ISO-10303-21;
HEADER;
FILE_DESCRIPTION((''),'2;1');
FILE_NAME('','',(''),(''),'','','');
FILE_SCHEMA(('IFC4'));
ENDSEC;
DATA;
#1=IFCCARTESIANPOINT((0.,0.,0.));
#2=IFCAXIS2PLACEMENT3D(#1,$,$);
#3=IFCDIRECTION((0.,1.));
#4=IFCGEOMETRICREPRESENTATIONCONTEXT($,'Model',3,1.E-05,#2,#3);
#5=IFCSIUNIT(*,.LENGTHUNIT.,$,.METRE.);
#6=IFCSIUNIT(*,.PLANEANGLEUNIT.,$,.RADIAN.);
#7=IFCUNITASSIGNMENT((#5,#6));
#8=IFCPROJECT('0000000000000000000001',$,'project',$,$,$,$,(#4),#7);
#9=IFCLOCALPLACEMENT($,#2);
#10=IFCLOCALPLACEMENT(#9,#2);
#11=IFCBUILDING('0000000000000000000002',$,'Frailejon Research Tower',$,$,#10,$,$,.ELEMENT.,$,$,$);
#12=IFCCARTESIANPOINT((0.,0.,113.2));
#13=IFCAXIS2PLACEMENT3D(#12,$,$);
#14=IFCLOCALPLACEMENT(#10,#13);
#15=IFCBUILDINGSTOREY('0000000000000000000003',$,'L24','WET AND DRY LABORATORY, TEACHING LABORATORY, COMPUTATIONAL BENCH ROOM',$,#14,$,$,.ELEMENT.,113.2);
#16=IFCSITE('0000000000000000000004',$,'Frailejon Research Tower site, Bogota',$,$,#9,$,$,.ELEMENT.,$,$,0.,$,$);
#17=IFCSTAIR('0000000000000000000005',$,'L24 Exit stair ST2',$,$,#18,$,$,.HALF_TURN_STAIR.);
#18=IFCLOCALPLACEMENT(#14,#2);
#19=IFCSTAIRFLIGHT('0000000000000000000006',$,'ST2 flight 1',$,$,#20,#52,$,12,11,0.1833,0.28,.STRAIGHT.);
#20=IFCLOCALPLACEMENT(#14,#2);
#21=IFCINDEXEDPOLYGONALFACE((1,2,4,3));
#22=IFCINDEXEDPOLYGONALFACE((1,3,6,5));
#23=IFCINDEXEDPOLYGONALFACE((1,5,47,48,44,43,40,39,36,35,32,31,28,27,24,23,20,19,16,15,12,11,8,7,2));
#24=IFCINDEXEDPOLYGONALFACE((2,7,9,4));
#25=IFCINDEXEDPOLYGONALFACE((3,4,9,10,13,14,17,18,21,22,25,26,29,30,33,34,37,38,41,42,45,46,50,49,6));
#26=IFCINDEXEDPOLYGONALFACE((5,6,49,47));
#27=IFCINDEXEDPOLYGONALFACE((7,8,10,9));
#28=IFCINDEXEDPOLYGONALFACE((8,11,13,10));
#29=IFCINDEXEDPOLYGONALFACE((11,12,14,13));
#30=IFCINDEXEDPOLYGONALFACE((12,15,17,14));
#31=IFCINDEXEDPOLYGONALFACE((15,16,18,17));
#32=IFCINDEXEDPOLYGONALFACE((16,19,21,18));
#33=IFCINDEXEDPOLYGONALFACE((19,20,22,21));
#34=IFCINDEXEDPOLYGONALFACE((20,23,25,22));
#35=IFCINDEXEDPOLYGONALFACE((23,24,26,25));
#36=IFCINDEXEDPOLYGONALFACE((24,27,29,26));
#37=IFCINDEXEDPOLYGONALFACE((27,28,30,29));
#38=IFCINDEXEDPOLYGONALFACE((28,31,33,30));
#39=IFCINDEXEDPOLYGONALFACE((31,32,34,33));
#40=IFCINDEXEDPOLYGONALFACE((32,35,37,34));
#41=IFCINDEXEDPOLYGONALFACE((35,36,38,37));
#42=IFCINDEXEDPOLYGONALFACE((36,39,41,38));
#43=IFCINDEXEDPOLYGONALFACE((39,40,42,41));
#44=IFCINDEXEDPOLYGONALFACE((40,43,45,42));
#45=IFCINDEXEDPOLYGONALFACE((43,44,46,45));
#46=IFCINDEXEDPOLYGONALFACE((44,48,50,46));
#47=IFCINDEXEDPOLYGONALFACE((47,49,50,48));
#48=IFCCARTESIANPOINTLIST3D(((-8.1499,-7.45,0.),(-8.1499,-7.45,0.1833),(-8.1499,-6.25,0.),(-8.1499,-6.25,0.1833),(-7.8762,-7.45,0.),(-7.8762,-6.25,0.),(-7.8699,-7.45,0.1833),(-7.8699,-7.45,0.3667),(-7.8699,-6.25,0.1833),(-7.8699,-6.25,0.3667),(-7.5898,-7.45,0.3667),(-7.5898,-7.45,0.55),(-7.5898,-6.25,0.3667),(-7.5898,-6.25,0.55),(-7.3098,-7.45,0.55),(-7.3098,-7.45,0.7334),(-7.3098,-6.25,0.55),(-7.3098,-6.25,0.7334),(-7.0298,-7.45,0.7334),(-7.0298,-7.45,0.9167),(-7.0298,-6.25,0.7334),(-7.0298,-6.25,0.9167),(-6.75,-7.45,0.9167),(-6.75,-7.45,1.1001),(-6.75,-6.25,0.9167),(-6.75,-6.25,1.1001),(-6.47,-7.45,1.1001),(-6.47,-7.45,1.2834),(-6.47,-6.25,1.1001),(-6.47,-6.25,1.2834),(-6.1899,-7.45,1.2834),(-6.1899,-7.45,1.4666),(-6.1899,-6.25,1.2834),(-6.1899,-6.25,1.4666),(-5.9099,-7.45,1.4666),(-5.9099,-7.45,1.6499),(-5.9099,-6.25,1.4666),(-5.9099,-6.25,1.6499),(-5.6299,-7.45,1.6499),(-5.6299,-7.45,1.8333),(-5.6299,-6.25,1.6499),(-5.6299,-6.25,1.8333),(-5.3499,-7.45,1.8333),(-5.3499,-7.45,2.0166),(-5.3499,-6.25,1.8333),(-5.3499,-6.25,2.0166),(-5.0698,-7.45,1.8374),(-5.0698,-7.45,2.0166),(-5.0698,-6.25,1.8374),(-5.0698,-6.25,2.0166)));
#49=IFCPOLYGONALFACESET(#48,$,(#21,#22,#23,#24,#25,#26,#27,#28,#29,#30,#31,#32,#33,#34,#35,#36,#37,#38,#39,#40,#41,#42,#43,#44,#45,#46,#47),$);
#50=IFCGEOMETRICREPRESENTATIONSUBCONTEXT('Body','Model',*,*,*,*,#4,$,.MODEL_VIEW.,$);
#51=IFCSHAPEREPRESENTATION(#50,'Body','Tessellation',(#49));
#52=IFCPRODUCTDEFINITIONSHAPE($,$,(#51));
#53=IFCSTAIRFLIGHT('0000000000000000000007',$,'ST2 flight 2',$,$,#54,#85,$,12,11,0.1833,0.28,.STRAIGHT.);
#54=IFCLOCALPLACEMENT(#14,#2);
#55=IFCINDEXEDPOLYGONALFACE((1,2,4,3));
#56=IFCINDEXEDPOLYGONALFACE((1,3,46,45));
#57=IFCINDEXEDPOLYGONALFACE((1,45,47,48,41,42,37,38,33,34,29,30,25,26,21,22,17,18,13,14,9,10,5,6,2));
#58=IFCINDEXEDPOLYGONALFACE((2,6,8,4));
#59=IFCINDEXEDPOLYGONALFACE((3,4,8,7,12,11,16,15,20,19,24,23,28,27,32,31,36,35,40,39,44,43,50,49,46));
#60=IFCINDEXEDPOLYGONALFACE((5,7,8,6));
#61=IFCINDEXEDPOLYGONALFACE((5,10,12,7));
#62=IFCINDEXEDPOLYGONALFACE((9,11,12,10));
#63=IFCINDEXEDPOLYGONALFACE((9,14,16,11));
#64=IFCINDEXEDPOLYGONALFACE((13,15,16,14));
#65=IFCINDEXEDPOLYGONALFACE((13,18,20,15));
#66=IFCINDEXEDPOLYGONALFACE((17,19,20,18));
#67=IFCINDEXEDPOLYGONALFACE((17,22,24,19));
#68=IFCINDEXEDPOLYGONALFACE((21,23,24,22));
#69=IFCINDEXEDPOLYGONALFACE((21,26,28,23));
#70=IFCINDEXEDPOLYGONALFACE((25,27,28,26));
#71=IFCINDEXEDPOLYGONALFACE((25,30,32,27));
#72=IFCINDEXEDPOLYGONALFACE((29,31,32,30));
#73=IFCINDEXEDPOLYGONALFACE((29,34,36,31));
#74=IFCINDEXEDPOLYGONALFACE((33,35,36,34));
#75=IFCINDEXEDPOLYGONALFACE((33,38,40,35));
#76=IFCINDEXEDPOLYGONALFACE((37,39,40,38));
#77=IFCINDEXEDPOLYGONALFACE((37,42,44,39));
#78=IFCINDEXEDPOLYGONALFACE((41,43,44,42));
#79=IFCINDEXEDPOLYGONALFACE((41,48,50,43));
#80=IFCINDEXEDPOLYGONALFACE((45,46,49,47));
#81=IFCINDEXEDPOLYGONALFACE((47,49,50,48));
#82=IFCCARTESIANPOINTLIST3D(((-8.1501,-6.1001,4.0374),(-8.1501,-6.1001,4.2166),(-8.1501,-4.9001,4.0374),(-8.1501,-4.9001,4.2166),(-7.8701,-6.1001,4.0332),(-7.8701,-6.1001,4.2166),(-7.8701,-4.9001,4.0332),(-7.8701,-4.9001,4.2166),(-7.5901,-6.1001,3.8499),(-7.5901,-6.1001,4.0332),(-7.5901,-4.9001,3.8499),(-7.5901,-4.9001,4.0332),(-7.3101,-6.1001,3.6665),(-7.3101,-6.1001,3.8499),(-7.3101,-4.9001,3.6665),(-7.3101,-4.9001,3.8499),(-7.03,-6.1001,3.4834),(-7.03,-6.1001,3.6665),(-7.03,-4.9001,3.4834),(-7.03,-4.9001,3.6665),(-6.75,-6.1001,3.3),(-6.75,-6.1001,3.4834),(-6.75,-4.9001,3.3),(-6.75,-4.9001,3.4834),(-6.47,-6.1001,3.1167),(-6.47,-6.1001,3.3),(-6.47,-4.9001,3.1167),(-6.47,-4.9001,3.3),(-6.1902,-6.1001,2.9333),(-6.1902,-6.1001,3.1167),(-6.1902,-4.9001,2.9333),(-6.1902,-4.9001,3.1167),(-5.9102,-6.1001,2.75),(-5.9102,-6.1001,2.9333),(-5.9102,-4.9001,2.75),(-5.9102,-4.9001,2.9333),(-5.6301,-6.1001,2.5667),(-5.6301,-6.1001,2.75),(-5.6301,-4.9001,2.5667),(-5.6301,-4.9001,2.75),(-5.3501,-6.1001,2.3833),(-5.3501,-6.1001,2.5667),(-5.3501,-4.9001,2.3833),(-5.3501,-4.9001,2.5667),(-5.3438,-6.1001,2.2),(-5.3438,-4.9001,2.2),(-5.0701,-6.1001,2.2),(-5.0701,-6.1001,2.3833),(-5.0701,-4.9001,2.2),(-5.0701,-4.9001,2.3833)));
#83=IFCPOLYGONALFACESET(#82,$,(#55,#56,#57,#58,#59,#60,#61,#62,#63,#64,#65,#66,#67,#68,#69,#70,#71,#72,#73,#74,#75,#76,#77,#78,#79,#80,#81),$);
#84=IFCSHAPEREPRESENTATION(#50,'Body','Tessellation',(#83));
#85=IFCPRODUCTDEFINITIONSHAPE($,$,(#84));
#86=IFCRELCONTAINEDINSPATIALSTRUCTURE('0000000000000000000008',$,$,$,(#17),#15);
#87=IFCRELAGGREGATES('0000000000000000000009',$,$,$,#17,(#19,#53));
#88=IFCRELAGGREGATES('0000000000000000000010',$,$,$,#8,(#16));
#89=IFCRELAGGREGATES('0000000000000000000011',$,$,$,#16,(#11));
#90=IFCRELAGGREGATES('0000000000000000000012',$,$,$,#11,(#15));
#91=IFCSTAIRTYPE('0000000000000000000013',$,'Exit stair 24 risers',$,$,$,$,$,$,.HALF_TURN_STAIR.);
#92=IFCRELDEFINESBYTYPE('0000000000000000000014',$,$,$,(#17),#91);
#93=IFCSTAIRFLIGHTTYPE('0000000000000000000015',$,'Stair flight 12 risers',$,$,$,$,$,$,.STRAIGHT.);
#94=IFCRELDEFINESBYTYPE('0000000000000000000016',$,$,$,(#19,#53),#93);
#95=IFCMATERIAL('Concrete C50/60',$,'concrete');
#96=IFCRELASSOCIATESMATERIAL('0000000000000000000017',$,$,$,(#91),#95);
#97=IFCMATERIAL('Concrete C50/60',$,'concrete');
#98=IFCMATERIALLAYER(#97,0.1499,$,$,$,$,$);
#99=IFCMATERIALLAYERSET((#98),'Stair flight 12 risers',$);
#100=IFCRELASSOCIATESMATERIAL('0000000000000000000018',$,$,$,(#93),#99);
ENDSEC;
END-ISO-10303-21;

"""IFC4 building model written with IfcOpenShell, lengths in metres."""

from ifc_helpers import new_model, si_unit, direction, frame, origin, place, context, subcontext, project, spatial, polyline, outline, extrude, material, layer, layer_set, type_object, element, aggregate, save


model = new_model("IFC4")

# Units and contexts
model_context = context("Model", 3, precision=1e-05, world=origin(), true_north=direction((0.0, 1.0)))
body_context = subcontext(model_context, "Body", "Model", "MODEL_VIEW")
ifc_project = project(units=[si_unit("LENGTHUNIT", "METRE"), si_unit("PLANEANGLEUNIT", "RADIAN")], contexts=[model_context])

# Site, building, storey
site_placement = place(None, origin())
site = spatial("IfcSite", under=ifc_project, at=site_placement, Name="Frailejon Research Tower site, Bogota", CompositionType="ELEMENT", RefElevation=0.0)
building_placement = place(site_placement, origin())
building = spatial("IfcBuilding", under=site, at=building_placement, Name="Frailejon Research Tower", CompositionType="ELEMENT")
storey_placement = place(building_placement, frame((0.0, 0.0, 113.2)))
storey = spatial("IfcBuildingStorey", under=building, at=storey_placement, Name="L24", Description="WET AND DRY LABORATORY, TEACHING LABORATORY, COMPUTATIONAL BENCH ROOM", CompositionType="ELEMENT", Elevation=113.2)

# Stair, stair flights
ifc_material_1 = material(Name="Concrete C50/60", Category="concrete")
stair_type = type_object("IfcStairType", Name="Exit stair 24 risers", PredefinedType="HALF_TURN_STAIR", material=ifc_material_1)
stair_placement = place(storey_placement, origin())
stair = element("IfcStair", 1, at=stair_placement, inside=storey, type_object=stair_type, Name="L24 Exit stair ST2", PredefinedType="HALF_TURN_STAIR")
ifc_material_2 = material(Name="Concrete C50/60", Category="concrete")
ifc_layer_1 = layer(ifc_material_2, 0.1499)
ifc_layer_set_1 = layer_set([ifc_layer_1], Name="Stair flight 12 risers")
stair_flight_type = type_object("IfcStairFlightType", Name="Stair flight 12 risers", PredefinedType="STRAIGHT", material=ifc_layer_set_1)
stair_flight_1_placement = place(storey_placement, frame((-8.1499, -6.8501, 0.0), z_axis=(0.0, 0.0, 1.0), x_axis=(1.0, 0.0, 0.0)))
stair_flight_1 = element("IfcStairFlight", 2, at=stair_flight_1_placement, type_object=stair_flight_type, Name="ST2 flight 1", NumberOfRisers=12, NumberOfTreads=11, PredefinedType="STRAIGHT", RiserHeight=0.1833, TreadLength=0.28, context=body_context, shape_type="SweptSolid", body=[
    extrude(outline(polyline([(0.0, 0.0), (0.0, 0.1833), (0.28, 0.1833), (0.28, 0.3667), (0.5601, 0.3667), (0.5601, 0.55), (0.8401, 0.55), (0.8401, 0.7334), (1.1201, 0.7334), (1.1201, 0.9167), (1.3999, 0.9167), (1.3999, 1.1001), (1.6799, 1.1001), (1.6799, 1.2834), (1.96, 1.2834), (1.96, 1.4666), (2.24, 1.4666), (2.24, 1.6499), (2.52, 1.6499), (2.52, 1.8333), (2.8, 1.8333), (2.8, 2.0166), (3.0801, 2.0166), (3.0801, 2.2), (3.0801, 1.8374), (0.2737, 0.0), (0.0, 0.0)])), frame((0.0, 0.6001, 0.0), z_axis=(0.0, -1.0, 0.0), x_axis=(1.0, 0.0, 0.0)), (0.0, 0.0, 1.0), 1.2),
])
stair_flight_2_placement = place(storey_placement, frame((-5.0701, -5.5, 2.2), z_axis=(0.0, 0.0, 1.0), x_axis=(-1.0, 0.0, 0.0)))
stair_flight_2 = element("IfcStairFlight", 3, at=stair_flight_2_placement, type_object=stair_flight_type, Name="ST2 flight 2", NumberOfRisers=12, NumberOfTreads=11, PredefinedType="STRAIGHT", RiserHeight=0.1833, TreadLength=0.28, context=body_context, shape_type="SweptSolid", body=[
    extrude(outline(polyline([(0.0, 0.0), (0.0, 0.1833), (0.28, 0.1833), (0.28, 0.3667), (0.5601, 0.3667), (0.5601, 0.55), (0.8401, 0.55), (0.8401, 0.7334), (1.1201, 0.7334), (1.1201, 0.9167), (1.3999, 0.9167), (1.3999, 1.1001), (1.6799, 1.1001), (1.6799, 1.2834), (1.96, 1.2834), (1.96, 1.4666), (2.24, 1.4666), (2.24, 1.6499), (2.52, 1.6499), (2.52, 1.8333), (2.8, 1.8333), (2.8, 2.0166), (3.0801, 2.0166), (3.0801, 2.2), (3.0801, 1.8374), (0.2737, 0.0), (0.0, 0.0)])), frame((0.0, 0.6001, 0.0), z_axis=(0.0, -1.0, 0.0), x_axis=(1.0, 0.0, 0.0)), (0.0, 0.0, 1.0), 1.2),
])
aggregate(stair, [stair_flight_1, stair_flight_2])

save(model, "model.ifc")
